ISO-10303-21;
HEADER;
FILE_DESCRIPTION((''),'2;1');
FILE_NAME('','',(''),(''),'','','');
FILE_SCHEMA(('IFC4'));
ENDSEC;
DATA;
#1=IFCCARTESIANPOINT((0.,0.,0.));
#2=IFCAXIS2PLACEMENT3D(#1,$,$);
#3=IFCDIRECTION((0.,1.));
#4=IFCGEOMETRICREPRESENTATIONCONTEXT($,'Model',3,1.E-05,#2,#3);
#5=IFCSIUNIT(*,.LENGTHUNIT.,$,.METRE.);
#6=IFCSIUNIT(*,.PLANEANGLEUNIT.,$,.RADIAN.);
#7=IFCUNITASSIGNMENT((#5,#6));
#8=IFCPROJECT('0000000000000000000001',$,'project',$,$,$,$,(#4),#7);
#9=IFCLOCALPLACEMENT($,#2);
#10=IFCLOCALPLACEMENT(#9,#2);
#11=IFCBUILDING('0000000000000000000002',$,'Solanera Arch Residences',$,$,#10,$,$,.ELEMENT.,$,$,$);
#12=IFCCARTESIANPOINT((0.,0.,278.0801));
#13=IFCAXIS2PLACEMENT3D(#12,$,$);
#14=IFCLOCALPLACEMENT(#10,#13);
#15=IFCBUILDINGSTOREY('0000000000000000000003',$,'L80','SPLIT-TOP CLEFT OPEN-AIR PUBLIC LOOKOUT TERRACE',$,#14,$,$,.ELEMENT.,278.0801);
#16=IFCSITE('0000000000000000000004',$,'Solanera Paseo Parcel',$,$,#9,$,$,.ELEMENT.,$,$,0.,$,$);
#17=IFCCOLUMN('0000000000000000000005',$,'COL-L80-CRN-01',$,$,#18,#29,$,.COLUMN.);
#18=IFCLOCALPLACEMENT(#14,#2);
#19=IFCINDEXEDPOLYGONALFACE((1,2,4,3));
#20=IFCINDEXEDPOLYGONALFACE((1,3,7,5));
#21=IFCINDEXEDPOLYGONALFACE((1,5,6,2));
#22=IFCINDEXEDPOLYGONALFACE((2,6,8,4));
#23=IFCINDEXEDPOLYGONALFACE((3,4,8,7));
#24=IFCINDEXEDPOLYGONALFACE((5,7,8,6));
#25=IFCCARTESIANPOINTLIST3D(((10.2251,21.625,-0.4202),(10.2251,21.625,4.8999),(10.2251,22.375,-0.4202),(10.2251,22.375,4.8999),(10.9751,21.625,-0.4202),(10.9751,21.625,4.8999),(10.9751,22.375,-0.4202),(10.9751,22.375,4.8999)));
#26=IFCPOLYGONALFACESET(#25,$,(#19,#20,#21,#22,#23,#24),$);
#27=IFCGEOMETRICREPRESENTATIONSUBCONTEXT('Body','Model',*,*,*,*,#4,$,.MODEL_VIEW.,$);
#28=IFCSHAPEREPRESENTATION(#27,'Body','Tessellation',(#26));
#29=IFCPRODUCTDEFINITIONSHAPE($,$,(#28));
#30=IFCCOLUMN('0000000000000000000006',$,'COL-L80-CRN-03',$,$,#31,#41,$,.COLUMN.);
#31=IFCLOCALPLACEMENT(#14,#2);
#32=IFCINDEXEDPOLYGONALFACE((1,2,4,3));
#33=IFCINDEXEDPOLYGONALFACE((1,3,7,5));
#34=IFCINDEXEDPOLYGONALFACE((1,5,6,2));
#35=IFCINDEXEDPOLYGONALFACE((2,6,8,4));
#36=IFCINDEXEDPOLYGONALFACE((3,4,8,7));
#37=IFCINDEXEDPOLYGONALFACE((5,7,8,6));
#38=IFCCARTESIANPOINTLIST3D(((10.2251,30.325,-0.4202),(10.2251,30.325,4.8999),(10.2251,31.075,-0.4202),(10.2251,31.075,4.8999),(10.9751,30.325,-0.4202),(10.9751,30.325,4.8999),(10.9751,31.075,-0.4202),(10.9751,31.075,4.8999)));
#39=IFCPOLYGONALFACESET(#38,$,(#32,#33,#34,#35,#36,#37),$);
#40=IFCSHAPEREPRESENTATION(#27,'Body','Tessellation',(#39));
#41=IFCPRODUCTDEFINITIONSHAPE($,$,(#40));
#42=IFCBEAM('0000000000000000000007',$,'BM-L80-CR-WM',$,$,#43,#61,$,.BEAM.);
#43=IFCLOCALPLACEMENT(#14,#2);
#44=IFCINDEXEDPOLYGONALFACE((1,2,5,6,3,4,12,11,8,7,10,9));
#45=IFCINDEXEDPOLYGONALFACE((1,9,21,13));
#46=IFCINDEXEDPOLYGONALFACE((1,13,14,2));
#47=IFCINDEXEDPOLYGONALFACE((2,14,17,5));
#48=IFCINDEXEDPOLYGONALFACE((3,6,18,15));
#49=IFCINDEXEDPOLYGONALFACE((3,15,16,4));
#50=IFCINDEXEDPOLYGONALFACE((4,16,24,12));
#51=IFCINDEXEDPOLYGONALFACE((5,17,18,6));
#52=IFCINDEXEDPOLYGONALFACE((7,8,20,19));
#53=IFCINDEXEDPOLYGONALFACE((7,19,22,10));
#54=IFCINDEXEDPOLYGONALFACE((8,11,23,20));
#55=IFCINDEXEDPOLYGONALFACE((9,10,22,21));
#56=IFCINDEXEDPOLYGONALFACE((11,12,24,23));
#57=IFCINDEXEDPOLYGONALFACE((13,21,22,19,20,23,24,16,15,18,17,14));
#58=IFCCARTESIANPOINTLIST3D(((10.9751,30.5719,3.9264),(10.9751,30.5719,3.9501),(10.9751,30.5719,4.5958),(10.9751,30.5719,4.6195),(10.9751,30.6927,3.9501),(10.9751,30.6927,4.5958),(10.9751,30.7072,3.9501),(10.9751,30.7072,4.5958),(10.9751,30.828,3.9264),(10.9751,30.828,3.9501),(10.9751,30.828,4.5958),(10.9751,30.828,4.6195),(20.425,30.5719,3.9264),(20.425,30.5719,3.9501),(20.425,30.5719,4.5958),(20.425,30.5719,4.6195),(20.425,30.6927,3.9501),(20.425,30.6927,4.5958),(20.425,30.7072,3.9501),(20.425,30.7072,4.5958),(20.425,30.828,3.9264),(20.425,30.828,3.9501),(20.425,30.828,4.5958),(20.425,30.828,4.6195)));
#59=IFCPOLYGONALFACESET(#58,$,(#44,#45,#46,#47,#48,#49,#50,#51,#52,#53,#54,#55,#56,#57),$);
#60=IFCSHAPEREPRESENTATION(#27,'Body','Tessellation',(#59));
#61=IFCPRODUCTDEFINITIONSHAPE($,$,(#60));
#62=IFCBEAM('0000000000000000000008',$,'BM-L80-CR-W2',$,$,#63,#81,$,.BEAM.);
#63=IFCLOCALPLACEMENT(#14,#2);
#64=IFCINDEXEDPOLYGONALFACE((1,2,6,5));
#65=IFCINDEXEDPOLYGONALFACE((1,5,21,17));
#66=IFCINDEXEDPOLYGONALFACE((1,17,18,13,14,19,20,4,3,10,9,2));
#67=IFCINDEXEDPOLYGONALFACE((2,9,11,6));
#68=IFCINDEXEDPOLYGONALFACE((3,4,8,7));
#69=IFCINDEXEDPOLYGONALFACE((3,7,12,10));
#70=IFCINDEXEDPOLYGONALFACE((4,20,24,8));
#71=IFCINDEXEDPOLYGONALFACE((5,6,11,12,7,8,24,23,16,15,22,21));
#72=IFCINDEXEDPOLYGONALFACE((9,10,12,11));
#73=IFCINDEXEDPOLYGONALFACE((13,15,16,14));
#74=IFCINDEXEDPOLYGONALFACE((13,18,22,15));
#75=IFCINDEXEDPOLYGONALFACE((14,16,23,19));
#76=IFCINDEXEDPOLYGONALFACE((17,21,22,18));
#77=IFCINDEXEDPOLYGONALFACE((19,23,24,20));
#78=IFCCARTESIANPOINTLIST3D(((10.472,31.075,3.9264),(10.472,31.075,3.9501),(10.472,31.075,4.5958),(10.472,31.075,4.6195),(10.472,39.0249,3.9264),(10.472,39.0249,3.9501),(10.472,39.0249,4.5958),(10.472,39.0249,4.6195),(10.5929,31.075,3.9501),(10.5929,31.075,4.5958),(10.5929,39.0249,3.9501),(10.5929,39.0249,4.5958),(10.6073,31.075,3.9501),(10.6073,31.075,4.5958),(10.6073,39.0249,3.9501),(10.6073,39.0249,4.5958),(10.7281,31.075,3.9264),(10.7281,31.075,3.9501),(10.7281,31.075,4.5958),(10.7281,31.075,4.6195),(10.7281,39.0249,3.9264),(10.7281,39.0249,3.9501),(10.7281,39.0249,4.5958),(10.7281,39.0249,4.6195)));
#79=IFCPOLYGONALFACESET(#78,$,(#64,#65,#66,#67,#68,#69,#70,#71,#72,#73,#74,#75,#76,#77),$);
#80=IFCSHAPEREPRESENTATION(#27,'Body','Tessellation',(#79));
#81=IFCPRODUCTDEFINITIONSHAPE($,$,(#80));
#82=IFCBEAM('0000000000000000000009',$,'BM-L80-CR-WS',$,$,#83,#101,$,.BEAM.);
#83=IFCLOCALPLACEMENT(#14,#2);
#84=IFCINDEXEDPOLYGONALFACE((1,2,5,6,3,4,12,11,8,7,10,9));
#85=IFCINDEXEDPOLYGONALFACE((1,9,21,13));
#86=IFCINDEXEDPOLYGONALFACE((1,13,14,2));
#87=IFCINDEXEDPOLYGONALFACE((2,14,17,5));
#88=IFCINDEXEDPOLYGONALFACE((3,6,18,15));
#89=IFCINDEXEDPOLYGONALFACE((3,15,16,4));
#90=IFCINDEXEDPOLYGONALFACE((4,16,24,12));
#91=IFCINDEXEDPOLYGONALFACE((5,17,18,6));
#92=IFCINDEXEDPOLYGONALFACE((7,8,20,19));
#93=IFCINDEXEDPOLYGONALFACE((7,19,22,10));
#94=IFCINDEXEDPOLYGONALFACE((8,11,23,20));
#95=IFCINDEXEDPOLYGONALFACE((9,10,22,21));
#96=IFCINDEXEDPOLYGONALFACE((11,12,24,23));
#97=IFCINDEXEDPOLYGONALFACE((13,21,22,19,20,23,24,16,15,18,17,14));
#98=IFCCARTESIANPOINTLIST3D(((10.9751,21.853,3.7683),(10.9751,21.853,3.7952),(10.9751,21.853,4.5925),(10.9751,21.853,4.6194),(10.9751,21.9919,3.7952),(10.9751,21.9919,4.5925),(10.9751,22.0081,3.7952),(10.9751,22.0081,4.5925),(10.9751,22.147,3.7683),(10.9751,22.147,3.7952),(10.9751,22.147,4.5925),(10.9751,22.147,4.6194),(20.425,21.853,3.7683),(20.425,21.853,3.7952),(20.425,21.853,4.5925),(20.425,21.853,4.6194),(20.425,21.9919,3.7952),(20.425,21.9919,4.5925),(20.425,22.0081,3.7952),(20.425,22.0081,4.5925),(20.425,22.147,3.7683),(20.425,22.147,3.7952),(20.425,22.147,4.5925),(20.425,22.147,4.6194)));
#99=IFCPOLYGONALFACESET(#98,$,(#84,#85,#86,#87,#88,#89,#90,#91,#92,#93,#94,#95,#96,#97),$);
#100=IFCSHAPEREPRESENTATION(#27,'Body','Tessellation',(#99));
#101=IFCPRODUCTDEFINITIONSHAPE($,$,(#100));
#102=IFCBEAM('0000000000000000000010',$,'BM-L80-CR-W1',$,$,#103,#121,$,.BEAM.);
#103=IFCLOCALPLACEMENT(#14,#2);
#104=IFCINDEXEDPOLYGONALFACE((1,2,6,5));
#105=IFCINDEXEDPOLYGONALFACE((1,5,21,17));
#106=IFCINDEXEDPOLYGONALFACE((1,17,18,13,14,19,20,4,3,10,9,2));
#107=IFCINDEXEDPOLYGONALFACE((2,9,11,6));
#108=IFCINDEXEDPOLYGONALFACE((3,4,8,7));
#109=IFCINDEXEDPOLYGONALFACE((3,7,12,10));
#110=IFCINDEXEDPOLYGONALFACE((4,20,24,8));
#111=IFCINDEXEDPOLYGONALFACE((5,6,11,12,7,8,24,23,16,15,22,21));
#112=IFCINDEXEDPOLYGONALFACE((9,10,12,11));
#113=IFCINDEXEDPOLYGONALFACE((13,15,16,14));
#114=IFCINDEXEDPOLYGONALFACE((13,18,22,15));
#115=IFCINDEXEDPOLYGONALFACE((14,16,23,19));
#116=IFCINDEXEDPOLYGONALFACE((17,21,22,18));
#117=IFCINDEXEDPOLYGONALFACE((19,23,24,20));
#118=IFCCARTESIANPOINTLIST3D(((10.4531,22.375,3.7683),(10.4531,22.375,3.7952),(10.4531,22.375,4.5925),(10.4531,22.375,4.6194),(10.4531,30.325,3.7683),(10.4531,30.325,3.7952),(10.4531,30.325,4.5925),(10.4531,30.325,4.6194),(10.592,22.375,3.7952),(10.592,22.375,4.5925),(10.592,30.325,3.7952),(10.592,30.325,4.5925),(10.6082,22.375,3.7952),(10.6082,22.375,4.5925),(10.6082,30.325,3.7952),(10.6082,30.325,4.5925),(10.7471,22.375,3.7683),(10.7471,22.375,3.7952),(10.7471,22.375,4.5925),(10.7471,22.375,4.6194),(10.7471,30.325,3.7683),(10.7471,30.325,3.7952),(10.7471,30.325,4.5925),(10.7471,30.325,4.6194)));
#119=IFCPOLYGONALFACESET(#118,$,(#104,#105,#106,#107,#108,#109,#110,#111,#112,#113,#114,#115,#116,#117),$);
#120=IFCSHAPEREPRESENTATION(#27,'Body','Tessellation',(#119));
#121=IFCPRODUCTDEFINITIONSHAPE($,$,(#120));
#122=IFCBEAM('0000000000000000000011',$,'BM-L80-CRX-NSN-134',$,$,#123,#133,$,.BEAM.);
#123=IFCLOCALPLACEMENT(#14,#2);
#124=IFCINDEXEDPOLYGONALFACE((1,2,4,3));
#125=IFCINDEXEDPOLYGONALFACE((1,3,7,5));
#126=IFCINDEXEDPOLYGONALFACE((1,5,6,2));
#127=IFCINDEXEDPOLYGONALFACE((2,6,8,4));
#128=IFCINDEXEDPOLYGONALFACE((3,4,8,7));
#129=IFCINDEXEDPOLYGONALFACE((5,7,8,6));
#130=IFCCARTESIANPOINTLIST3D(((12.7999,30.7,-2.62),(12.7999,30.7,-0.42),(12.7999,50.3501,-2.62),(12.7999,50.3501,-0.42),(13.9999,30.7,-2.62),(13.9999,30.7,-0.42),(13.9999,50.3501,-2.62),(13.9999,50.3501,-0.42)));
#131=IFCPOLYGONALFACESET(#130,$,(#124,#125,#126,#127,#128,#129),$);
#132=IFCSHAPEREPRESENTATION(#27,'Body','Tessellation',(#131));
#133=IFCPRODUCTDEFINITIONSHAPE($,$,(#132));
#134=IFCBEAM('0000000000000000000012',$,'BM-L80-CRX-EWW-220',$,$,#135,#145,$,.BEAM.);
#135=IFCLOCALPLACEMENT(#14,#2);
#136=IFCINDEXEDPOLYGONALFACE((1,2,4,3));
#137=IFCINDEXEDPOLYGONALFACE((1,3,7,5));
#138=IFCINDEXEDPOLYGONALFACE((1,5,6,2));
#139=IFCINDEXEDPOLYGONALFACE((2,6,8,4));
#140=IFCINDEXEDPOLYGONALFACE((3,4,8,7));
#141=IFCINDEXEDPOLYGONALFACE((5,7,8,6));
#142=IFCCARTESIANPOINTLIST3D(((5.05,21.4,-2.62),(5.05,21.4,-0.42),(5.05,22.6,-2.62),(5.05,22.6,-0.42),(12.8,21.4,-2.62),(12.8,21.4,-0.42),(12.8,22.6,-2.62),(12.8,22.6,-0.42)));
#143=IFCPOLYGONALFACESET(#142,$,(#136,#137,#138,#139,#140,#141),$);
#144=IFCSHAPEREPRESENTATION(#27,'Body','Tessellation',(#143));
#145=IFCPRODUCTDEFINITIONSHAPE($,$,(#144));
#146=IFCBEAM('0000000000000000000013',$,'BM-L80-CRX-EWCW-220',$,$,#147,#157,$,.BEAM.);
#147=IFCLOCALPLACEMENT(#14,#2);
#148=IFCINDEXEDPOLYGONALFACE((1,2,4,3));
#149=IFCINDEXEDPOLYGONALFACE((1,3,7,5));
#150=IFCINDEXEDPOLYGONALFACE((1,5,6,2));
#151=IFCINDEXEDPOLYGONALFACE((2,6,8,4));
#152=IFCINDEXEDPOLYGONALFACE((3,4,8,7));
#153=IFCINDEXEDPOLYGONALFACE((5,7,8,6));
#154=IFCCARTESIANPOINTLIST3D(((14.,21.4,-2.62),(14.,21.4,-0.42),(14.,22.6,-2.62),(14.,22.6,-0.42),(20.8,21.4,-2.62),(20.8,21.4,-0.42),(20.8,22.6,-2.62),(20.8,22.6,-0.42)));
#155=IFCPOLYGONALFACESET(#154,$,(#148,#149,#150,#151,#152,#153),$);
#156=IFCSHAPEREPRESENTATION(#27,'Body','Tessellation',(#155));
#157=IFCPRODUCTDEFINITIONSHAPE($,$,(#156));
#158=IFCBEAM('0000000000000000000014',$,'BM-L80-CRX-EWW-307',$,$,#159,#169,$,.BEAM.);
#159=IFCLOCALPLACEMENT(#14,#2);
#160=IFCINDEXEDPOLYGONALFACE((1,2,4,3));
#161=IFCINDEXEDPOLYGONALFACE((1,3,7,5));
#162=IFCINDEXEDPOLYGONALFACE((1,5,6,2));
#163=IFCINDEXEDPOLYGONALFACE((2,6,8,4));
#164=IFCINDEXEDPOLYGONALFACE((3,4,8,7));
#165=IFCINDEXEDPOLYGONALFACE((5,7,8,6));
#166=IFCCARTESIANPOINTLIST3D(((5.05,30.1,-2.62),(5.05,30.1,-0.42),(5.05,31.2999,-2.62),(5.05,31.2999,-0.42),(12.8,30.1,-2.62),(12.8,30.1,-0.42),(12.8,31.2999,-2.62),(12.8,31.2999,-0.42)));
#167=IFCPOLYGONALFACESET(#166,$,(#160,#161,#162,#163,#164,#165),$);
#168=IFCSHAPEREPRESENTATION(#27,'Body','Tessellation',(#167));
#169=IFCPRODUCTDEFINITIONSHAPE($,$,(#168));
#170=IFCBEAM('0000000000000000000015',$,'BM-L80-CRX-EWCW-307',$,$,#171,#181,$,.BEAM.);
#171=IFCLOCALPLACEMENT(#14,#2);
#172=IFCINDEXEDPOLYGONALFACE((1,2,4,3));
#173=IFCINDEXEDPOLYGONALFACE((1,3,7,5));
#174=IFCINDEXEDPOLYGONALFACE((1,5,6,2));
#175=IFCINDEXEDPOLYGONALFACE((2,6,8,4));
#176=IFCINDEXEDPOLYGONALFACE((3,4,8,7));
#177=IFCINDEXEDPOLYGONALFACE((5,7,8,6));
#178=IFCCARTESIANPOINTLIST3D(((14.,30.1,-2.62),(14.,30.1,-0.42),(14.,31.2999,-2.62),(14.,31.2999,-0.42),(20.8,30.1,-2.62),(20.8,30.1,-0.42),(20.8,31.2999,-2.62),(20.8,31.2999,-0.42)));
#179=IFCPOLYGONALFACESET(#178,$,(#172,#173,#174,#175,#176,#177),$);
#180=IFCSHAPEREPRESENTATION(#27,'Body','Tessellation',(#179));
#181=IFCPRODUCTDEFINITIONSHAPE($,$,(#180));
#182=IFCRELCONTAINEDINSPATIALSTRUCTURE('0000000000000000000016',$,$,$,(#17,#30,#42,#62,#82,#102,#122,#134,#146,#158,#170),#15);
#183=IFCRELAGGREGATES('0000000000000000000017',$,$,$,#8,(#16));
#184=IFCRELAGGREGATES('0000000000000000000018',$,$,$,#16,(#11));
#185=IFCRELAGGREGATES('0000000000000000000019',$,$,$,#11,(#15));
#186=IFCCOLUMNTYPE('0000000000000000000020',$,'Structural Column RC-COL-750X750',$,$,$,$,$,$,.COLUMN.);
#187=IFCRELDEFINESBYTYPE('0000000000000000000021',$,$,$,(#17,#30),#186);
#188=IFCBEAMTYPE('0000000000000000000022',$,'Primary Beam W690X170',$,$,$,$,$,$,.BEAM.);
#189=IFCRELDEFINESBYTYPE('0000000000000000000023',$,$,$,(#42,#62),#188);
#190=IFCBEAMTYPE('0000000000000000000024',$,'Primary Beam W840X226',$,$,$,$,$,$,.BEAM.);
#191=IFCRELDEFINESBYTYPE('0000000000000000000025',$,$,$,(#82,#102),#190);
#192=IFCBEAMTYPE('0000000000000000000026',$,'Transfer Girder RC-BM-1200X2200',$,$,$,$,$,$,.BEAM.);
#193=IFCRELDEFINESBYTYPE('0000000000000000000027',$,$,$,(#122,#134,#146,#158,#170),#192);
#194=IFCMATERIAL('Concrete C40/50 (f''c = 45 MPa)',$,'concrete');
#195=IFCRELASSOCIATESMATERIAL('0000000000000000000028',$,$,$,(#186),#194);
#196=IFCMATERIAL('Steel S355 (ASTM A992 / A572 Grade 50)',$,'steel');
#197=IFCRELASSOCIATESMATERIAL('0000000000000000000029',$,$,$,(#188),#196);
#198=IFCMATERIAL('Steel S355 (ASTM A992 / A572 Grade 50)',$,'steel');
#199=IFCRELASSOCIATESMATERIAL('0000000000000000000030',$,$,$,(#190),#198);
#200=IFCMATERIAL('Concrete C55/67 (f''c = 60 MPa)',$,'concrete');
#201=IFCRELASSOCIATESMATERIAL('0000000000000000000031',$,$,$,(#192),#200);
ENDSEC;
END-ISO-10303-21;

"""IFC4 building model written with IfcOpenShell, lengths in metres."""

from ifc_helpers import new_model, si_unit, direction, frame, origin, origin_2d, place, context, subcontext, project, spatial, rectangle, i_section, extrude, material, material_profile, profile_set, type_object, element, save


model = new_model("IFC4")

# Units and contexts
model_context = context("Model", 3, precision=1e-05, world=origin(), true_north=direction((0.0, 1.0)))
body_context = subcontext(model_context, "Body", "Model", "MODEL_VIEW")
ifc_project = project(units=[si_unit("LENGTHUNIT", "METRE"), si_unit("PLANEANGLEUNIT", "RADIAN")], contexts=[model_context])

# Site, building, storey
site_placement = place(None, origin())
site = spatial("IfcSite", under=ifc_project, at=site_placement, Name="Solanera Paseo Parcel", CompositionType="ELEMENT", RefElevation=0.0)
building_placement = place(site_placement, origin())
building = spatial("IfcBuilding", under=site, at=building_placement, Name="Solanera Arch Residences", CompositionType="ELEMENT")
storey_placement = place(building_placement, frame((0.0, 0.0, 278.0801)))
storey = spatial("IfcBuildingStorey", under=building, at=storey_placement, Name="L80", Description="SPLIT-TOP CLEFT OPEN-AIR PUBLIC LOOKOUT TERRACE", CompositionType="ELEMENT", Elevation=278.0801)

# Columns
ifc_material_1 = material(Name="Concrete C40/50 (f'c = 45 MPa)", Category="concrete")
ifc_material_profile_1 = material_profile(ifc_material_1, rectangle(XDim=0.75, YDim=0.75, at=origin_2d()))
ifc_profile_set_1 = profile_set([ifc_material_profile_1], Name="Concrete C40/50 (f'c = 45 MPa)")
column_type = type_object("IfcColumnType", Name="Structural Column RC-COL-750X750", PredefinedType="COLUMN", material=ifc_profile_set_1)
for number, where, z_axis, x_axis, name in (
    (1, (10.6001, 22.0, -0.4202), (0.0, 0.0, 1.0), (1.0, 0.0, 0.0), "COL-L80-CRN-01"),
    (2, (10.6001, 30.7, -0.4202), (0.0, 0.0, 1.0), (1.0, 0.0, 0.0), "COL-L80-CRN-03"),
):
    element("IfcColumn", number, at=place(storey_placement, frame(where, z_axis=z_axis, x_axis=x_axis)), inside=storey, type_object=column_type, Name=name, PredefinedType="COLUMN", context=body_context, shape_type="SweptSolid", body=[
        extrude(rectangle(XDim=0.75, YDim=0.75, at=origin_2d()), origin(), (0.0, 0.0, 1.0), 5.3201),
    ])

# Beams
ifc_material_2 = material(Name="Steel S355 (ASTM A992 / A572 Grade 50)", Category="steel")
ifc_material_profile_2 = material_profile(ifc_material_2, i_section(OverallWidth=0.2561, OverallDepth=0.6931, WebThickness=0.0144, FlangeThickness=0.0237, at=origin_2d()))
ifc_profile_set_2 = profile_set([ifc_material_profile_2], Name="Steel S355 (ASTM A992 / A572 Grade 50)")
beam_type_1 = type_object("IfcBeamType", Name="Primary Beam W690X170", PredefinedType="BEAM", material=ifc_profile_set_2)
beam_1_placement = place(storey_placement, frame((10.9751, 30.7, 4.2729), z_axis=(1.0, 0.0, 0.0), x_axis=(0.0, 1.0, 0.0)))
element("IfcBeam", 3, at=beam_1_placement, inside=storey, type_object=beam_type_1, Name="BM-L80-CR-WM", PredefinedType="BEAM", context=body_context, shape_type="SweptSolid", body=[
    extrude(i_section(OverallWidth=0.2561, OverallDepth=0.6931, WebThickness=0.0144, FlangeThickness=0.0237, at=origin_2d()), origin(), (0.0, 0.0, 1.0), 9.45),
])
beam_2_placement = place(storey_placement, frame((10.6001, 31.075, 4.2729), z_axis=(0.0, 1.0, 0.0), x_axis=(-1.0, 0.0, 0.0)))
element("IfcBeam", 4, at=beam_2_placement, inside=storey, type_object=beam_type_1, Name="BM-L80-CR-W2", PredefinedType="BEAM", context=body_context, shape_type="SweptSolid", body=[
    extrude(i_section(OverallWidth=0.2561, OverallDepth=0.6931, WebThickness=0.0144, FlangeThickness=0.0237, at=origin_2d()), origin(), (0.0, 0.0, 1.0), 7.95),
])
ifc_material_3 = material(Name="Steel S355 (ASTM A992 / A572 Grade 50)", Category="steel")
ifc_material_profile_3 = material_profile(ifc_material_3, i_section(OverallWidth=0.2939, OverallDepth=0.8511, WebThickness=0.0161, FlangeThickness=0.0269, at=origin_2d()))
ifc_profile_set_3 = profile_set([ifc_material_profile_3], Name="Steel S355 (ASTM A992 / A572 Grade 50)")
beam_type_2 = type_object("IfcBeamType", Name="Primary Beam W840X226", PredefinedType="BEAM", material=ifc_profile_set_3)
beam_3_placement = place(storey_placement, frame((10.9751, 22.0, 4.1938), z_axis=(1.0, 0.0, 0.0), x_axis=(0.0, 1.0, 0.0)))
element("IfcBeam", 5, at=beam_3_placement, inside=storey, type_object=beam_type_2, Name="BM-L80-CR-WS", PredefinedType="BEAM", context=body_context, shape_type="SweptSolid", body=[
    extrude(i_section(OverallWidth=0.2939, OverallDepth=0.8511, WebThickness=0.0161, FlangeThickness=0.0269, at=origin_2d()), origin(), (0.0, 0.0, 1.0), 9.45),
])
beam_4_placement = place(storey_placement, frame((10.6001, 22.375, 4.1938), z_axis=(0.0, 1.0, 0.0), x_axis=(-1.0, 0.0, 0.0)))
element("IfcBeam", 6, at=beam_4_placement, inside=storey, type_object=beam_type_2, Name="BM-L80-CR-W1", PredefinedType="BEAM", context=body_context, shape_type="SweptSolid", body=[
    extrude(i_section(OverallWidth=0.2939, OverallDepth=0.8511, WebThickness=0.0161, FlangeThickness=0.0269, at=origin_2d()), origin(), (0.0, 0.0, 1.0), 7.95),
])
ifc_material_4 = material(Name="Concrete C55/67 (f'c = 60 MPa)", Category="concrete")
ifc_material_profile_4 = material_profile(ifc_material_4, rectangle(XDim=1.2, YDim=2.2, at=origin_2d()))
ifc_profile_set_4 = profile_set([ifc_material_profile_4], Name="Concrete C55/67 (f'c = 60 MPa)")
beam_type_3 = type_object("IfcBeamType", Name="Transfer Girder RC-BM-1200X2200", PredefinedType="BEAM", material=ifc_profile_set_4)
beam_5_placement = place(storey_placement, frame((13.3999, 30.7, -1.52), z_axis=(0.0, 1.0, 0.0), x_axis=(-1.0, 0.0, 0.0)))
element("IfcBeam", 7, at=beam_5_placement, inside=storey, type_object=beam_type_3, Name="BM-L80-CRX-NSN-134", PredefinedType="BEAM", context=body_context, shape_type="SweptSolid", body=[
    extrude(rectangle(XDim=1.2, YDim=2.2, at=origin_2d()), origin(), (0.0, 0.0, 1.0), 19.6501),
])
beam_6_placement = place(storey_placement, frame((5.05, 22.0, -1.52), z_axis=(1.0, 0.0, 0.0), x_axis=(0.0, 1.0, 0.0)))
element("IfcBeam", 8, at=beam_6_placement, inside=storey, type_object=beam_type_3, Name="BM-L80-CRX-EWW-220", PredefinedType="BEAM", context=body_context, shape_type="SweptSolid", body=[
    extrude(rectangle(XDim=1.2, YDim=2.2, at=origin_2d()), origin(), (0.0, 0.0, 1.0), 7.75),
])
beam_7_placement = place(storey_placement, frame((14.0, 22.0, -1.52), z_axis=(1.0, 0.0, 0.0), x_axis=(0.0, 1.0, 0.0)))
element("IfcBeam", 9, at=beam_7_placement, inside=storey, type_object=beam_type_3, Name="BM-L80-CRX-EWCW-220", PredefinedType="BEAM", context=body_context, shape_type="SweptSolid", body=[
    extrude(rectangle(XDim=1.2, YDim=2.2, at=origin_2d()), origin(), (0.0, 0.0, 1.0), 6.8),
])
beam_8_placement = place(storey_placement, frame((5.05, 30.7, -1.52), z_axis=(1.0, 0.0, 0.0), x_axis=(0.0, 1.0, 0.0)))
element("IfcBeam", 10, at=beam_8_placement, inside=storey, type_object=beam_type_3, Name="BM-L80-CRX-EWW-307", PredefinedType="BEAM", context=body_context, shape_type="SweptSolid", body=[
    extrude(rectangle(XDim=1.2, YDim=2.2, at=origin_2d()), origin(), (0.0, 0.0, 1.0), 7.75),
])
beam_9_placement = place(storey_placement, frame((14.0, 30.7, -1.52), z_axis=(1.0, 0.0, 0.0), x_axis=(0.0, 1.0, 0.0)))
element("IfcBeam", 11, at=beam_9_placement, inside=storey, type_object=beam_type_3, Name="BM-L80-CRX-EWCW-307", PredefinedType="BEAM", context=body_context, shape_type="SweptSolid", body=[
    extrude(rectangle(XDim=1.2, YDim=2.2, at=origin_2d()), origin(), (0.0, 0.0, 1.0), 6.8),
])

save(model, "model.ifc")
